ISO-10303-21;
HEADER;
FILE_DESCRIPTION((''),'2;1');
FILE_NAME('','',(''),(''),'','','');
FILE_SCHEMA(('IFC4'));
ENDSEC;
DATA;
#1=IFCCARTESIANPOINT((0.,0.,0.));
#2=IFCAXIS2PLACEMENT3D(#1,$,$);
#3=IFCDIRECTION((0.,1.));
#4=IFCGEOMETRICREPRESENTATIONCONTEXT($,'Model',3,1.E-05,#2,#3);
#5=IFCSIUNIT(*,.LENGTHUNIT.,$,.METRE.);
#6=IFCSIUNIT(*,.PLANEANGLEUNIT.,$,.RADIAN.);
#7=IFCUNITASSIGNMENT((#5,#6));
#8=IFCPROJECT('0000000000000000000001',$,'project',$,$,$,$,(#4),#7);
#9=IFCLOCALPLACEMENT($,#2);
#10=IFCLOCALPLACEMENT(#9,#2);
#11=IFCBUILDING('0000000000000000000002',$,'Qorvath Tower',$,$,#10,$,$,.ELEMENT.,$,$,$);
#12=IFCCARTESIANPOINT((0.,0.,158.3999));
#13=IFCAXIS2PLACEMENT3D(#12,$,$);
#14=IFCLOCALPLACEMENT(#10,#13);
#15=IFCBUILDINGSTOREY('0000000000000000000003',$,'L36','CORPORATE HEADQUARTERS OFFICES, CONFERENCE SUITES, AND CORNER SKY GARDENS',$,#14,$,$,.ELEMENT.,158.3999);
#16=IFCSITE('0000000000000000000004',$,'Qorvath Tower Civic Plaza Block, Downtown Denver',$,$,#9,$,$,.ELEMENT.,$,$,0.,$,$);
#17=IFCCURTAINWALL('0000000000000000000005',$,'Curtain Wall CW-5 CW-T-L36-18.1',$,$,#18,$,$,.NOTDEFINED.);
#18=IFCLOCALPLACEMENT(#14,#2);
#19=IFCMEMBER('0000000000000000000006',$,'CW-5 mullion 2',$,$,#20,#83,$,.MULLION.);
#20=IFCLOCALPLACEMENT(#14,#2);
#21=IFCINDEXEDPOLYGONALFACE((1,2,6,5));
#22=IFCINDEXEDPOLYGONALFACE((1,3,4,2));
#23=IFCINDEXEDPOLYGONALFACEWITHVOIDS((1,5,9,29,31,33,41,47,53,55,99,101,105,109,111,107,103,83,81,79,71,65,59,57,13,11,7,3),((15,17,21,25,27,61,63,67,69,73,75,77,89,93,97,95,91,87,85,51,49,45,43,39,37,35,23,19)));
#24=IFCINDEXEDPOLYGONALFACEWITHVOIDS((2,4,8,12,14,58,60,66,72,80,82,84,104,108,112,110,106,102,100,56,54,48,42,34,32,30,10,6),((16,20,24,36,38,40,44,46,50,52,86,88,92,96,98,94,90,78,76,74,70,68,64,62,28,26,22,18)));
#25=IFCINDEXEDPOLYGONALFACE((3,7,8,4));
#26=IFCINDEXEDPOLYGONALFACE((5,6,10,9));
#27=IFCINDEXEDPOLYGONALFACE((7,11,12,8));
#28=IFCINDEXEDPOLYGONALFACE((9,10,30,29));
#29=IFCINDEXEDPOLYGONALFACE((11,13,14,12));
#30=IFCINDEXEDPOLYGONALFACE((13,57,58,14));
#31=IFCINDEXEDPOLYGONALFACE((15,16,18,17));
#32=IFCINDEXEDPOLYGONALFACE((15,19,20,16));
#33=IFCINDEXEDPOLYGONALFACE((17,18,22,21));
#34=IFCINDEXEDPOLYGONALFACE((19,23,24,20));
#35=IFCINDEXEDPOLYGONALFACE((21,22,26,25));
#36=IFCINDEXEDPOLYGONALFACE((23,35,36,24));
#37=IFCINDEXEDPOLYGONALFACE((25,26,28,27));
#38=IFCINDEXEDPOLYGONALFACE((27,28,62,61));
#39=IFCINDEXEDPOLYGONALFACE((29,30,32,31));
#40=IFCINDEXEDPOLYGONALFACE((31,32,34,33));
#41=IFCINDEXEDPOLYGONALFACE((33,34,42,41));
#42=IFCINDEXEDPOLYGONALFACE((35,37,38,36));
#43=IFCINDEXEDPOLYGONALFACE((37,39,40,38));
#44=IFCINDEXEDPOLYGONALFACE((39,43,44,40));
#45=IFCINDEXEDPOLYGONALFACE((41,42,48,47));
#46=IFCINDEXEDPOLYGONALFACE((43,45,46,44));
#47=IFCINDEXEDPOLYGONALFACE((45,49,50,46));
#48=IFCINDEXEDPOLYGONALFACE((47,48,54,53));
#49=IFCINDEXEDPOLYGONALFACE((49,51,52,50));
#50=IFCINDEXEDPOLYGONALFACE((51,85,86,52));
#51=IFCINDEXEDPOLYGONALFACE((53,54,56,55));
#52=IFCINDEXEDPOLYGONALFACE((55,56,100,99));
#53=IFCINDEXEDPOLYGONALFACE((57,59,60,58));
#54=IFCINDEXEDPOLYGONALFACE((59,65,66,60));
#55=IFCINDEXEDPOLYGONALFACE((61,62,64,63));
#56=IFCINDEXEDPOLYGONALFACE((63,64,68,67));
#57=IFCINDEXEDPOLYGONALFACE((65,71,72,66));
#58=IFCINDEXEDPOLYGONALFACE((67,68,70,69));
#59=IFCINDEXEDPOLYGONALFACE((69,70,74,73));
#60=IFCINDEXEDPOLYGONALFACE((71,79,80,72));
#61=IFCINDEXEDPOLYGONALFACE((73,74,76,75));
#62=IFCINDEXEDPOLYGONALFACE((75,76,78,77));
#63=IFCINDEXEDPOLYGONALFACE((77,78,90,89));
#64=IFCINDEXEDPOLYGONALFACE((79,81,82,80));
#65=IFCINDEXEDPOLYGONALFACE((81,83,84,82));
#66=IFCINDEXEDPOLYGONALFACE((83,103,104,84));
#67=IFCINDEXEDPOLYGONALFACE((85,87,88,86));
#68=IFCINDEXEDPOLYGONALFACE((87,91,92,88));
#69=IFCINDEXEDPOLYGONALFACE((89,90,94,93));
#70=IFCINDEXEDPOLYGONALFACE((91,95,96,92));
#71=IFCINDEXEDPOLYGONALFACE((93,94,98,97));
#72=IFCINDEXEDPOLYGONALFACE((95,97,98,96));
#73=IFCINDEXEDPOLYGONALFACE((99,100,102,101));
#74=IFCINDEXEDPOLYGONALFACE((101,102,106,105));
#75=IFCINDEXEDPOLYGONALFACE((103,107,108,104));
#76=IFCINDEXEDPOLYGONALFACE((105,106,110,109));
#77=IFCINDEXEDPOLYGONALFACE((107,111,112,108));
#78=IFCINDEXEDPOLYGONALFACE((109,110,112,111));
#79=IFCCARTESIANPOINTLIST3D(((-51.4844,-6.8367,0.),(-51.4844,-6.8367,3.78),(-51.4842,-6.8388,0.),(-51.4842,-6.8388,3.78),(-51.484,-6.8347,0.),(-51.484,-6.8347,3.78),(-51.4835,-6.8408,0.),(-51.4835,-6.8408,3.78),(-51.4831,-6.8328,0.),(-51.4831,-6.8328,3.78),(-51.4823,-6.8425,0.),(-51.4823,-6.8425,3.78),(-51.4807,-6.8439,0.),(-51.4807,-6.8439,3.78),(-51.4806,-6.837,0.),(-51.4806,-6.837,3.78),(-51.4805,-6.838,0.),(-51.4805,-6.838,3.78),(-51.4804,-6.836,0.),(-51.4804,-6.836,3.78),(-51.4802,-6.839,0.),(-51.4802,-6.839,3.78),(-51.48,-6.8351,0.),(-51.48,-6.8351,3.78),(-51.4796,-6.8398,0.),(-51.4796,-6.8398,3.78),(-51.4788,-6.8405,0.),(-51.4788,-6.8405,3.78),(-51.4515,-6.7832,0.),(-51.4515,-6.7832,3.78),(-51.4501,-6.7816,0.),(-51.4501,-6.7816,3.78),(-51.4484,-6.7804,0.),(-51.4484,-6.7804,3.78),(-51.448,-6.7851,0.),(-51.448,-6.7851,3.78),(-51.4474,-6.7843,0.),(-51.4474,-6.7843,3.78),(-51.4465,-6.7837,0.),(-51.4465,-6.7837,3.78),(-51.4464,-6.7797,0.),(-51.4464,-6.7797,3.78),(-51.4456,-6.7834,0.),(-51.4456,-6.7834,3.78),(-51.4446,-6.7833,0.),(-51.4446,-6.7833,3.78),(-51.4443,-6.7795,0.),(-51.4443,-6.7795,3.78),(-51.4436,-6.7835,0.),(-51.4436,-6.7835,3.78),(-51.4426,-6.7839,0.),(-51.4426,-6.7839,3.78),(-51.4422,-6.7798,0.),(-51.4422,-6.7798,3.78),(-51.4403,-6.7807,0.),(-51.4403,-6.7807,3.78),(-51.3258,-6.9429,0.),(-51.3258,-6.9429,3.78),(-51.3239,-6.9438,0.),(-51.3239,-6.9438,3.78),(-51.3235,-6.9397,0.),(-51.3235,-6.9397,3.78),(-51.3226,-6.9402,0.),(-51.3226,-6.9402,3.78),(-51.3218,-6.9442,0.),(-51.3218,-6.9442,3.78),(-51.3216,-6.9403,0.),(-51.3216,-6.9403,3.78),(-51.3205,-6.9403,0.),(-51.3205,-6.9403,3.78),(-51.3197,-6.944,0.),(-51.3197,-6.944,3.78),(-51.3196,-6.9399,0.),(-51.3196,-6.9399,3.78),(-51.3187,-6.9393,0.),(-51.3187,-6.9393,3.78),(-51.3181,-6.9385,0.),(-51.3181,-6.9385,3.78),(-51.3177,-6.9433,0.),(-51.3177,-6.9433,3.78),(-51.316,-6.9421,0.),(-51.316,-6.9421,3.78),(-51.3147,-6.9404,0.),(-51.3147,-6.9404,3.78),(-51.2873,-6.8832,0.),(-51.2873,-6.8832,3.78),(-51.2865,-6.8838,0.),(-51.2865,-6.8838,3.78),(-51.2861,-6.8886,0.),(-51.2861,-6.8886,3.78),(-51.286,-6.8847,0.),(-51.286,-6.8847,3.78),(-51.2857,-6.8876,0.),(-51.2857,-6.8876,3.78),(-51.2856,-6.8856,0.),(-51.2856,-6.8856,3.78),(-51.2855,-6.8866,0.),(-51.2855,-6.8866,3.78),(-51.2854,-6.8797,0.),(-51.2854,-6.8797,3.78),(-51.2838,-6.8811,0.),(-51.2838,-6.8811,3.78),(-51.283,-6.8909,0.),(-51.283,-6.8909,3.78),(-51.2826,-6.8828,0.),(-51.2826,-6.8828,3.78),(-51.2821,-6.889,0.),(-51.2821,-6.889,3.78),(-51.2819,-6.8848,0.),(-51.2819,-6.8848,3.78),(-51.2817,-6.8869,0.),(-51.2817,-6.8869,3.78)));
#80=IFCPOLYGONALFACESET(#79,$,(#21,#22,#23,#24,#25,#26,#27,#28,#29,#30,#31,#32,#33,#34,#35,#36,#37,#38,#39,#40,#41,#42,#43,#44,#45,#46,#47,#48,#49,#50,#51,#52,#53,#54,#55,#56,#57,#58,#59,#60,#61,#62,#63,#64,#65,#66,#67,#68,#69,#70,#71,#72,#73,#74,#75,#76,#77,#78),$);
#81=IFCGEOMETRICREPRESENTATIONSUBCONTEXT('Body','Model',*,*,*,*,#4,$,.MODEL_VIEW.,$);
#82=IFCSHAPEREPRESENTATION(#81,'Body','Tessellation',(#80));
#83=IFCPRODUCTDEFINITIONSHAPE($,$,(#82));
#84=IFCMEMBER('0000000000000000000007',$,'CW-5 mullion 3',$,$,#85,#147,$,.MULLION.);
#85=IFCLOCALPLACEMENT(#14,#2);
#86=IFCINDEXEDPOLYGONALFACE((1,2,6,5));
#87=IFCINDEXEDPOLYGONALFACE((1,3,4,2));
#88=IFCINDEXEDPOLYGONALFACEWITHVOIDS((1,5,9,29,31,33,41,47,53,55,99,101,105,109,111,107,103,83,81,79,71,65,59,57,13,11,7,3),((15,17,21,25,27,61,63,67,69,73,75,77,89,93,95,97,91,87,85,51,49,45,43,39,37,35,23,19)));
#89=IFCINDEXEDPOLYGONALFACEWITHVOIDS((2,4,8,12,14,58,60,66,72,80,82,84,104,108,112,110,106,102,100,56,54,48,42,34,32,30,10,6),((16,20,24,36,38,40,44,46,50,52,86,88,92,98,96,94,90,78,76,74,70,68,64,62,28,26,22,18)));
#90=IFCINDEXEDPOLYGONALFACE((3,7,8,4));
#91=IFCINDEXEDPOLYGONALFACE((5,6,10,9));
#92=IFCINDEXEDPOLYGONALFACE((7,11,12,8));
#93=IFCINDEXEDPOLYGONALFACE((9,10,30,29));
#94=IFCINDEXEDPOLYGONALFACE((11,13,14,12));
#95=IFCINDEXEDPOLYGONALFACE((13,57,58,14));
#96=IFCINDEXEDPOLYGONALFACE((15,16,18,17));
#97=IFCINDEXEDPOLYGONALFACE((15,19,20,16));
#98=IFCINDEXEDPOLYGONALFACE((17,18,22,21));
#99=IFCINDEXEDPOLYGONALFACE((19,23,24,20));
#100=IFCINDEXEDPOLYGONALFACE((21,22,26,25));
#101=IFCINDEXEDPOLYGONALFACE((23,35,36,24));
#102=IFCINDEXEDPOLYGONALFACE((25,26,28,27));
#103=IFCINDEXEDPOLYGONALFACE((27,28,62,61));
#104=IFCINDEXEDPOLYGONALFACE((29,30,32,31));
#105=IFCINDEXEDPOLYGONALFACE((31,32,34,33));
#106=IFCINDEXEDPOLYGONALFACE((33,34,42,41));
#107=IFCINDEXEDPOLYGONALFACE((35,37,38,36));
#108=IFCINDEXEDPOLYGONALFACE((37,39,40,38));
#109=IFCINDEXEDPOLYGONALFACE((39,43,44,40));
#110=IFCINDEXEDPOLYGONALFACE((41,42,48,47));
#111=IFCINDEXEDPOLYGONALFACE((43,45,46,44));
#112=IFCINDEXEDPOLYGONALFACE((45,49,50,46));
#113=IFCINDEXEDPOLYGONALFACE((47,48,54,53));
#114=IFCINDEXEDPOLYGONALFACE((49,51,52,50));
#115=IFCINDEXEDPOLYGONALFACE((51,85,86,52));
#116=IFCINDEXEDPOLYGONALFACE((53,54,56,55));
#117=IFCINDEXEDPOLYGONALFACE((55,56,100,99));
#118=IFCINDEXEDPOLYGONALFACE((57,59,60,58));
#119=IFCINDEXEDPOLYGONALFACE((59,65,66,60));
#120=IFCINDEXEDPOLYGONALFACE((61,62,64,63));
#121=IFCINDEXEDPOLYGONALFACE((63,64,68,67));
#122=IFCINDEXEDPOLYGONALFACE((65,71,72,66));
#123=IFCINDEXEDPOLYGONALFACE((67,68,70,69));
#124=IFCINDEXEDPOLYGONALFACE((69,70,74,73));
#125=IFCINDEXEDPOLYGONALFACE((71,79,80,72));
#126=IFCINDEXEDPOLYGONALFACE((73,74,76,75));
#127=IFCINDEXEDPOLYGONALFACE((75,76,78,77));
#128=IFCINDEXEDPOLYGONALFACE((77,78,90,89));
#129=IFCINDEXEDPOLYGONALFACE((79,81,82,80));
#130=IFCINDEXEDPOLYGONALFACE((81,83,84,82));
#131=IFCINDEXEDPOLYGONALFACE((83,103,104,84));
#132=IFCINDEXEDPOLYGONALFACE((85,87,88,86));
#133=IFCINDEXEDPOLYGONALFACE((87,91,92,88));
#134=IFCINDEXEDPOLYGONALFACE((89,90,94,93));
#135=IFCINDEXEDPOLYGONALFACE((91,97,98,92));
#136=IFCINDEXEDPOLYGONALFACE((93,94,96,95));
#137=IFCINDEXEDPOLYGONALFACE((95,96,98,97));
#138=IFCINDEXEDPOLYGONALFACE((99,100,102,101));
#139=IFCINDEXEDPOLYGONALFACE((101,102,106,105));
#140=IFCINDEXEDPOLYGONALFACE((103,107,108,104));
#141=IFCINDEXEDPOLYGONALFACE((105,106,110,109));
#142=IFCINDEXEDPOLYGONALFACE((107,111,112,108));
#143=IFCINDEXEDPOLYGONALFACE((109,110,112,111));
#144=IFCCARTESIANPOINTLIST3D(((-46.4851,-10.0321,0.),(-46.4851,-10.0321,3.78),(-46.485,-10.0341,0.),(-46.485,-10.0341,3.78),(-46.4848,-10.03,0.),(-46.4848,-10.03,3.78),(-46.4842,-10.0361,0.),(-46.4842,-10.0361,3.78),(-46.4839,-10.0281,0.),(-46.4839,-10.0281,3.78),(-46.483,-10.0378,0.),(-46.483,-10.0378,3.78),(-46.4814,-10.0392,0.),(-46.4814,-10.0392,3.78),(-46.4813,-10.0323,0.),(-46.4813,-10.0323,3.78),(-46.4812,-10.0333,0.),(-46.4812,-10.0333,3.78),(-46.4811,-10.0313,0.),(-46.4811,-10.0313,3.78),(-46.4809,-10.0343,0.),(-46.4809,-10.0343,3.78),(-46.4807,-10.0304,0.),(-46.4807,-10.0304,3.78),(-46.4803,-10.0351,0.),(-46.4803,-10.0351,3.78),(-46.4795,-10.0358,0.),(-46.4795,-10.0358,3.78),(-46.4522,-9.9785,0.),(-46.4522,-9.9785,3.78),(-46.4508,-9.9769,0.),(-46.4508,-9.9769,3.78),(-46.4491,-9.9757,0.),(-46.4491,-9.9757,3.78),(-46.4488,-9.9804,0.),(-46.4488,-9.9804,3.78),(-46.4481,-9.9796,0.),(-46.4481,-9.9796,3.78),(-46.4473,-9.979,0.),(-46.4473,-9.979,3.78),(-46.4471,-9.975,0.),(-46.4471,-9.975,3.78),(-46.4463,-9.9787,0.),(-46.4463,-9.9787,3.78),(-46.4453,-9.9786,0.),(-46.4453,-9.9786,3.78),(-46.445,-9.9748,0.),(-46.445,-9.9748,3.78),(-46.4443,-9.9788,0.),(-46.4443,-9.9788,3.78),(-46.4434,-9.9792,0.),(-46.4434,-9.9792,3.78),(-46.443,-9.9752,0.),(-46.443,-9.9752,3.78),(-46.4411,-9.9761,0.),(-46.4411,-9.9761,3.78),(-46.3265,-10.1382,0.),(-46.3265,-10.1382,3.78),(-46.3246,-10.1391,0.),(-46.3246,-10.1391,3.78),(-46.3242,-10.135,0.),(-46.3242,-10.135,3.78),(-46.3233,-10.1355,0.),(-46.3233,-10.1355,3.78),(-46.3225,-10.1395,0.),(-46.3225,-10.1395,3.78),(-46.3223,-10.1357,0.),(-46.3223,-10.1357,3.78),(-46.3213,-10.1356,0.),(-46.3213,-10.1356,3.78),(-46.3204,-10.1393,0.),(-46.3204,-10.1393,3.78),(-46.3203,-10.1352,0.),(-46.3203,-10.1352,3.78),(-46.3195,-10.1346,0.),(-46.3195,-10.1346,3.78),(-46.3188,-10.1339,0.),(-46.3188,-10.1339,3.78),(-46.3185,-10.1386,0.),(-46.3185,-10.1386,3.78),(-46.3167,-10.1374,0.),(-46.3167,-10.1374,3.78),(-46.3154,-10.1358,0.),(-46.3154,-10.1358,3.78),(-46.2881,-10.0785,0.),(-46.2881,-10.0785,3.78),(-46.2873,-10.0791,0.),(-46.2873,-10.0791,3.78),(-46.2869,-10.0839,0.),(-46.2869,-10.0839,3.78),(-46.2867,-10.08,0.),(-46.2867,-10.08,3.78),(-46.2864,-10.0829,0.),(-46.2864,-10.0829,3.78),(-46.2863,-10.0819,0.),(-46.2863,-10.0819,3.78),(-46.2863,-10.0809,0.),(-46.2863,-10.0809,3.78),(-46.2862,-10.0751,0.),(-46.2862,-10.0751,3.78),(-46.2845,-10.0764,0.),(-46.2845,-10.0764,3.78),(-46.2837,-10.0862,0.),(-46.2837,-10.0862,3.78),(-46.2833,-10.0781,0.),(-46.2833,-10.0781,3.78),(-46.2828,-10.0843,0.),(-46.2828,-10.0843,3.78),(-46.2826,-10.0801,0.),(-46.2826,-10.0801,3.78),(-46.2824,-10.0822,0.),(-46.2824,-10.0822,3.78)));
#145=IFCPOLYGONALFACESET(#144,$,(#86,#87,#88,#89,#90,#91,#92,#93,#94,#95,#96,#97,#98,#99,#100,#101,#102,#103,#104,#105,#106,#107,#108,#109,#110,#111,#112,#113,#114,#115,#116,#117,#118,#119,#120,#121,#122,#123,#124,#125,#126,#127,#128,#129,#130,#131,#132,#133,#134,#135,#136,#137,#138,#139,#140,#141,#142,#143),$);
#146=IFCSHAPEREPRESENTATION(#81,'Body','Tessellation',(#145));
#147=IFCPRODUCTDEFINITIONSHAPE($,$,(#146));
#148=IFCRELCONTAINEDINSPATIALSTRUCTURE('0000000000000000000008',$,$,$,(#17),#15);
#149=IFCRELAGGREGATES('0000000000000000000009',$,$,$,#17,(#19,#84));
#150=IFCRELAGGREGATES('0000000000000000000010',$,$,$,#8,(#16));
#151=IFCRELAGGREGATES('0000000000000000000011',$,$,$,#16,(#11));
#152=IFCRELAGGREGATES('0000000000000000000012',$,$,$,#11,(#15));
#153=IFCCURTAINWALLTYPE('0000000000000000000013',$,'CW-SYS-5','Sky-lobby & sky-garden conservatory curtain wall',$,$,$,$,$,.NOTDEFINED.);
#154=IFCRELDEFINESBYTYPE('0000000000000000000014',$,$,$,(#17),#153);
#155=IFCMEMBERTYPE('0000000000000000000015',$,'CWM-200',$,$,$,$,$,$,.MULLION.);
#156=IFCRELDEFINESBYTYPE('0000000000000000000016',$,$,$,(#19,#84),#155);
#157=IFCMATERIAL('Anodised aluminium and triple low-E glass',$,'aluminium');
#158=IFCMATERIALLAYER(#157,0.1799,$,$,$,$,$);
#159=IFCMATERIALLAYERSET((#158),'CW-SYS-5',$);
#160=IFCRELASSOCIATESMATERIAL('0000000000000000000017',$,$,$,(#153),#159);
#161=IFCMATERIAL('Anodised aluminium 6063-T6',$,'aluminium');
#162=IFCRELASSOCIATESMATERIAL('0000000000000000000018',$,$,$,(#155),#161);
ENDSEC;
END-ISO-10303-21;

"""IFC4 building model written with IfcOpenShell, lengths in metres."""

from ifc_helpers import new_model, si_unit, direction, frame, origin, origin_2d, place, context, subcontext, project, spatial, hollow_rectangle, extrude, material, layer, layer_set, material_profile, profile_set, type_object, element, aggregate, save


model = new_model("IFC4")

# Units and contexts
model_context = context("Model", 3, precision=1e-05, world=origin(), true_north=direction((0.0, 1.0)))
body_context = subcontext(model_context, "Body", "Model", "MODEL_VIEW")
ifc_project = project(units=[si_unit("LENGTHUNIT", "METRE"), si_unit("PLANEANGLEUNIT", "RADIAN")], contexts=[model_context])

# Site, building, storey
site_placement = place(None, origin())
site = spatial("IfcSite", under=ifc_project, at=site_placement, Name="Qorvath Tower Civic Plaza Block, Downtown Denver", CompositionType="ELEMENT", RefElevation=0.0)
building_placement = place(site_placement, origin())
building = spatial("IfcBuilding", under=site, at=building_placement, Name="Qorvath Tower", CompositionType="ELEMENT")
storey_placement = place(building_placement, frame((0.0, 0.0, 158.3999)))
storey = spatial("IfcBuildingStorey", under=building, at=storey_placement, Name="L36", Description="CORPORATE HEADQUARTERS OFFICES, CONFERENCE SUITES, AND CORNER SKY GARDENS", CompositionType="ELEMENT", Elevation=158.3999)

# Shared definitions
ifc_material_1 = material(Name="Anodised aluminium and triple low-E glass", Category="aluminium")
ifc_layer_1 = layer(ifc_material_1, 0.1799)
ifc_layer_set_1 = layer_set([ifc_layer_1], Name="CW-SYS-5")
curtain_wall_type = type_object("IfcCurtainWallType", Name="CW-SYS-5", Description="Sky-lobby & sky-garden conservatory curtain wall", PredefinedType="NOTDEFINED", material=ifc_layer_set_1)
ifc_material_2 = material(Name="Anodised aluminium 6063-T6", Category="aluminium")
ifc_material_profile_1 = material_profile(ifc_material_2, hollow_rectangle(XDim=0.075, YDim=0.2, WallThickness=0.0039, InnerFilletRadius=0.0039, OuterFilletRadius=0.0081, at=origin_2d()), Name="CWM 200x75")
ifc_profile_set_1 = profile_set([ifc_material_profile_1], Name="Anodised aluminium 6063-T6")
member_type_1 = type_object("IfcMemberType", Name="CWM-200", PredefinedType="MULLION", material=ifc_profile_set_1)

# Curtain wall, members
curtain_wall_1_placement = place(storey_placement, origin())
curtain_wall_1 = element("IfcCurtainWall", 1, at=curtain_wall_1_placement, inside=storey, type_object=curtain_wall_type, Name="Curtain Wall CW-5 CW-T-L36-18.1", PredefinedType="NOTDEFINED")
member_1_placement = place(storey_placement, frame((-51.3831, -6.8618, 0.0), z_axis=(0.0, 0.0, 1.0), x_axis=(0.538539, 0.842601, 0.0)))
member_1 = element("IfcMember", 2, at=member_1_placement, type_object=member_type_1, Name="CW-5 mullion 2", PredefinedType="MULLION", context=body_context, shape_type="SweptSolid", body=[
    extrude(hollow_rectangle(XDim=0.075, YDim=0.2, WallThickness=0.0039, InnerFilletRadius=0.0039, OuterFilletRadius=0.0081, at=origin_2d()), origin(), (0.0, 0.0, 1.0), 3.78),
])
member_2_placement = place(storey_placement, frame((-46.3838, -10.0571, 0.0), z_axis=(0.0, 0.0, 1.0), x_axis=(0.538539, 0.842601, 0.0)))
member_2 = element("IfcMember", 3, at=member_2_placement, type_object=member_type_1, Name="CW-5 mullion 3", PredefinedType="MULLION", context=body_context, shape_type="SweptSolid", body=[
    extrude(hollow_rectangle(XDim=0.075, YDim=0.2, WallThickness=0.0039, InnerFilletRadius=0.0039, OuterFilletRadius=0.0081, at=origin_2d()), origin(), (0.0, 0.0, 1.0), 3.78),
])

aggregate(curtain_wall_1, [member_1, member_2])

save(model, "model.ifc")
